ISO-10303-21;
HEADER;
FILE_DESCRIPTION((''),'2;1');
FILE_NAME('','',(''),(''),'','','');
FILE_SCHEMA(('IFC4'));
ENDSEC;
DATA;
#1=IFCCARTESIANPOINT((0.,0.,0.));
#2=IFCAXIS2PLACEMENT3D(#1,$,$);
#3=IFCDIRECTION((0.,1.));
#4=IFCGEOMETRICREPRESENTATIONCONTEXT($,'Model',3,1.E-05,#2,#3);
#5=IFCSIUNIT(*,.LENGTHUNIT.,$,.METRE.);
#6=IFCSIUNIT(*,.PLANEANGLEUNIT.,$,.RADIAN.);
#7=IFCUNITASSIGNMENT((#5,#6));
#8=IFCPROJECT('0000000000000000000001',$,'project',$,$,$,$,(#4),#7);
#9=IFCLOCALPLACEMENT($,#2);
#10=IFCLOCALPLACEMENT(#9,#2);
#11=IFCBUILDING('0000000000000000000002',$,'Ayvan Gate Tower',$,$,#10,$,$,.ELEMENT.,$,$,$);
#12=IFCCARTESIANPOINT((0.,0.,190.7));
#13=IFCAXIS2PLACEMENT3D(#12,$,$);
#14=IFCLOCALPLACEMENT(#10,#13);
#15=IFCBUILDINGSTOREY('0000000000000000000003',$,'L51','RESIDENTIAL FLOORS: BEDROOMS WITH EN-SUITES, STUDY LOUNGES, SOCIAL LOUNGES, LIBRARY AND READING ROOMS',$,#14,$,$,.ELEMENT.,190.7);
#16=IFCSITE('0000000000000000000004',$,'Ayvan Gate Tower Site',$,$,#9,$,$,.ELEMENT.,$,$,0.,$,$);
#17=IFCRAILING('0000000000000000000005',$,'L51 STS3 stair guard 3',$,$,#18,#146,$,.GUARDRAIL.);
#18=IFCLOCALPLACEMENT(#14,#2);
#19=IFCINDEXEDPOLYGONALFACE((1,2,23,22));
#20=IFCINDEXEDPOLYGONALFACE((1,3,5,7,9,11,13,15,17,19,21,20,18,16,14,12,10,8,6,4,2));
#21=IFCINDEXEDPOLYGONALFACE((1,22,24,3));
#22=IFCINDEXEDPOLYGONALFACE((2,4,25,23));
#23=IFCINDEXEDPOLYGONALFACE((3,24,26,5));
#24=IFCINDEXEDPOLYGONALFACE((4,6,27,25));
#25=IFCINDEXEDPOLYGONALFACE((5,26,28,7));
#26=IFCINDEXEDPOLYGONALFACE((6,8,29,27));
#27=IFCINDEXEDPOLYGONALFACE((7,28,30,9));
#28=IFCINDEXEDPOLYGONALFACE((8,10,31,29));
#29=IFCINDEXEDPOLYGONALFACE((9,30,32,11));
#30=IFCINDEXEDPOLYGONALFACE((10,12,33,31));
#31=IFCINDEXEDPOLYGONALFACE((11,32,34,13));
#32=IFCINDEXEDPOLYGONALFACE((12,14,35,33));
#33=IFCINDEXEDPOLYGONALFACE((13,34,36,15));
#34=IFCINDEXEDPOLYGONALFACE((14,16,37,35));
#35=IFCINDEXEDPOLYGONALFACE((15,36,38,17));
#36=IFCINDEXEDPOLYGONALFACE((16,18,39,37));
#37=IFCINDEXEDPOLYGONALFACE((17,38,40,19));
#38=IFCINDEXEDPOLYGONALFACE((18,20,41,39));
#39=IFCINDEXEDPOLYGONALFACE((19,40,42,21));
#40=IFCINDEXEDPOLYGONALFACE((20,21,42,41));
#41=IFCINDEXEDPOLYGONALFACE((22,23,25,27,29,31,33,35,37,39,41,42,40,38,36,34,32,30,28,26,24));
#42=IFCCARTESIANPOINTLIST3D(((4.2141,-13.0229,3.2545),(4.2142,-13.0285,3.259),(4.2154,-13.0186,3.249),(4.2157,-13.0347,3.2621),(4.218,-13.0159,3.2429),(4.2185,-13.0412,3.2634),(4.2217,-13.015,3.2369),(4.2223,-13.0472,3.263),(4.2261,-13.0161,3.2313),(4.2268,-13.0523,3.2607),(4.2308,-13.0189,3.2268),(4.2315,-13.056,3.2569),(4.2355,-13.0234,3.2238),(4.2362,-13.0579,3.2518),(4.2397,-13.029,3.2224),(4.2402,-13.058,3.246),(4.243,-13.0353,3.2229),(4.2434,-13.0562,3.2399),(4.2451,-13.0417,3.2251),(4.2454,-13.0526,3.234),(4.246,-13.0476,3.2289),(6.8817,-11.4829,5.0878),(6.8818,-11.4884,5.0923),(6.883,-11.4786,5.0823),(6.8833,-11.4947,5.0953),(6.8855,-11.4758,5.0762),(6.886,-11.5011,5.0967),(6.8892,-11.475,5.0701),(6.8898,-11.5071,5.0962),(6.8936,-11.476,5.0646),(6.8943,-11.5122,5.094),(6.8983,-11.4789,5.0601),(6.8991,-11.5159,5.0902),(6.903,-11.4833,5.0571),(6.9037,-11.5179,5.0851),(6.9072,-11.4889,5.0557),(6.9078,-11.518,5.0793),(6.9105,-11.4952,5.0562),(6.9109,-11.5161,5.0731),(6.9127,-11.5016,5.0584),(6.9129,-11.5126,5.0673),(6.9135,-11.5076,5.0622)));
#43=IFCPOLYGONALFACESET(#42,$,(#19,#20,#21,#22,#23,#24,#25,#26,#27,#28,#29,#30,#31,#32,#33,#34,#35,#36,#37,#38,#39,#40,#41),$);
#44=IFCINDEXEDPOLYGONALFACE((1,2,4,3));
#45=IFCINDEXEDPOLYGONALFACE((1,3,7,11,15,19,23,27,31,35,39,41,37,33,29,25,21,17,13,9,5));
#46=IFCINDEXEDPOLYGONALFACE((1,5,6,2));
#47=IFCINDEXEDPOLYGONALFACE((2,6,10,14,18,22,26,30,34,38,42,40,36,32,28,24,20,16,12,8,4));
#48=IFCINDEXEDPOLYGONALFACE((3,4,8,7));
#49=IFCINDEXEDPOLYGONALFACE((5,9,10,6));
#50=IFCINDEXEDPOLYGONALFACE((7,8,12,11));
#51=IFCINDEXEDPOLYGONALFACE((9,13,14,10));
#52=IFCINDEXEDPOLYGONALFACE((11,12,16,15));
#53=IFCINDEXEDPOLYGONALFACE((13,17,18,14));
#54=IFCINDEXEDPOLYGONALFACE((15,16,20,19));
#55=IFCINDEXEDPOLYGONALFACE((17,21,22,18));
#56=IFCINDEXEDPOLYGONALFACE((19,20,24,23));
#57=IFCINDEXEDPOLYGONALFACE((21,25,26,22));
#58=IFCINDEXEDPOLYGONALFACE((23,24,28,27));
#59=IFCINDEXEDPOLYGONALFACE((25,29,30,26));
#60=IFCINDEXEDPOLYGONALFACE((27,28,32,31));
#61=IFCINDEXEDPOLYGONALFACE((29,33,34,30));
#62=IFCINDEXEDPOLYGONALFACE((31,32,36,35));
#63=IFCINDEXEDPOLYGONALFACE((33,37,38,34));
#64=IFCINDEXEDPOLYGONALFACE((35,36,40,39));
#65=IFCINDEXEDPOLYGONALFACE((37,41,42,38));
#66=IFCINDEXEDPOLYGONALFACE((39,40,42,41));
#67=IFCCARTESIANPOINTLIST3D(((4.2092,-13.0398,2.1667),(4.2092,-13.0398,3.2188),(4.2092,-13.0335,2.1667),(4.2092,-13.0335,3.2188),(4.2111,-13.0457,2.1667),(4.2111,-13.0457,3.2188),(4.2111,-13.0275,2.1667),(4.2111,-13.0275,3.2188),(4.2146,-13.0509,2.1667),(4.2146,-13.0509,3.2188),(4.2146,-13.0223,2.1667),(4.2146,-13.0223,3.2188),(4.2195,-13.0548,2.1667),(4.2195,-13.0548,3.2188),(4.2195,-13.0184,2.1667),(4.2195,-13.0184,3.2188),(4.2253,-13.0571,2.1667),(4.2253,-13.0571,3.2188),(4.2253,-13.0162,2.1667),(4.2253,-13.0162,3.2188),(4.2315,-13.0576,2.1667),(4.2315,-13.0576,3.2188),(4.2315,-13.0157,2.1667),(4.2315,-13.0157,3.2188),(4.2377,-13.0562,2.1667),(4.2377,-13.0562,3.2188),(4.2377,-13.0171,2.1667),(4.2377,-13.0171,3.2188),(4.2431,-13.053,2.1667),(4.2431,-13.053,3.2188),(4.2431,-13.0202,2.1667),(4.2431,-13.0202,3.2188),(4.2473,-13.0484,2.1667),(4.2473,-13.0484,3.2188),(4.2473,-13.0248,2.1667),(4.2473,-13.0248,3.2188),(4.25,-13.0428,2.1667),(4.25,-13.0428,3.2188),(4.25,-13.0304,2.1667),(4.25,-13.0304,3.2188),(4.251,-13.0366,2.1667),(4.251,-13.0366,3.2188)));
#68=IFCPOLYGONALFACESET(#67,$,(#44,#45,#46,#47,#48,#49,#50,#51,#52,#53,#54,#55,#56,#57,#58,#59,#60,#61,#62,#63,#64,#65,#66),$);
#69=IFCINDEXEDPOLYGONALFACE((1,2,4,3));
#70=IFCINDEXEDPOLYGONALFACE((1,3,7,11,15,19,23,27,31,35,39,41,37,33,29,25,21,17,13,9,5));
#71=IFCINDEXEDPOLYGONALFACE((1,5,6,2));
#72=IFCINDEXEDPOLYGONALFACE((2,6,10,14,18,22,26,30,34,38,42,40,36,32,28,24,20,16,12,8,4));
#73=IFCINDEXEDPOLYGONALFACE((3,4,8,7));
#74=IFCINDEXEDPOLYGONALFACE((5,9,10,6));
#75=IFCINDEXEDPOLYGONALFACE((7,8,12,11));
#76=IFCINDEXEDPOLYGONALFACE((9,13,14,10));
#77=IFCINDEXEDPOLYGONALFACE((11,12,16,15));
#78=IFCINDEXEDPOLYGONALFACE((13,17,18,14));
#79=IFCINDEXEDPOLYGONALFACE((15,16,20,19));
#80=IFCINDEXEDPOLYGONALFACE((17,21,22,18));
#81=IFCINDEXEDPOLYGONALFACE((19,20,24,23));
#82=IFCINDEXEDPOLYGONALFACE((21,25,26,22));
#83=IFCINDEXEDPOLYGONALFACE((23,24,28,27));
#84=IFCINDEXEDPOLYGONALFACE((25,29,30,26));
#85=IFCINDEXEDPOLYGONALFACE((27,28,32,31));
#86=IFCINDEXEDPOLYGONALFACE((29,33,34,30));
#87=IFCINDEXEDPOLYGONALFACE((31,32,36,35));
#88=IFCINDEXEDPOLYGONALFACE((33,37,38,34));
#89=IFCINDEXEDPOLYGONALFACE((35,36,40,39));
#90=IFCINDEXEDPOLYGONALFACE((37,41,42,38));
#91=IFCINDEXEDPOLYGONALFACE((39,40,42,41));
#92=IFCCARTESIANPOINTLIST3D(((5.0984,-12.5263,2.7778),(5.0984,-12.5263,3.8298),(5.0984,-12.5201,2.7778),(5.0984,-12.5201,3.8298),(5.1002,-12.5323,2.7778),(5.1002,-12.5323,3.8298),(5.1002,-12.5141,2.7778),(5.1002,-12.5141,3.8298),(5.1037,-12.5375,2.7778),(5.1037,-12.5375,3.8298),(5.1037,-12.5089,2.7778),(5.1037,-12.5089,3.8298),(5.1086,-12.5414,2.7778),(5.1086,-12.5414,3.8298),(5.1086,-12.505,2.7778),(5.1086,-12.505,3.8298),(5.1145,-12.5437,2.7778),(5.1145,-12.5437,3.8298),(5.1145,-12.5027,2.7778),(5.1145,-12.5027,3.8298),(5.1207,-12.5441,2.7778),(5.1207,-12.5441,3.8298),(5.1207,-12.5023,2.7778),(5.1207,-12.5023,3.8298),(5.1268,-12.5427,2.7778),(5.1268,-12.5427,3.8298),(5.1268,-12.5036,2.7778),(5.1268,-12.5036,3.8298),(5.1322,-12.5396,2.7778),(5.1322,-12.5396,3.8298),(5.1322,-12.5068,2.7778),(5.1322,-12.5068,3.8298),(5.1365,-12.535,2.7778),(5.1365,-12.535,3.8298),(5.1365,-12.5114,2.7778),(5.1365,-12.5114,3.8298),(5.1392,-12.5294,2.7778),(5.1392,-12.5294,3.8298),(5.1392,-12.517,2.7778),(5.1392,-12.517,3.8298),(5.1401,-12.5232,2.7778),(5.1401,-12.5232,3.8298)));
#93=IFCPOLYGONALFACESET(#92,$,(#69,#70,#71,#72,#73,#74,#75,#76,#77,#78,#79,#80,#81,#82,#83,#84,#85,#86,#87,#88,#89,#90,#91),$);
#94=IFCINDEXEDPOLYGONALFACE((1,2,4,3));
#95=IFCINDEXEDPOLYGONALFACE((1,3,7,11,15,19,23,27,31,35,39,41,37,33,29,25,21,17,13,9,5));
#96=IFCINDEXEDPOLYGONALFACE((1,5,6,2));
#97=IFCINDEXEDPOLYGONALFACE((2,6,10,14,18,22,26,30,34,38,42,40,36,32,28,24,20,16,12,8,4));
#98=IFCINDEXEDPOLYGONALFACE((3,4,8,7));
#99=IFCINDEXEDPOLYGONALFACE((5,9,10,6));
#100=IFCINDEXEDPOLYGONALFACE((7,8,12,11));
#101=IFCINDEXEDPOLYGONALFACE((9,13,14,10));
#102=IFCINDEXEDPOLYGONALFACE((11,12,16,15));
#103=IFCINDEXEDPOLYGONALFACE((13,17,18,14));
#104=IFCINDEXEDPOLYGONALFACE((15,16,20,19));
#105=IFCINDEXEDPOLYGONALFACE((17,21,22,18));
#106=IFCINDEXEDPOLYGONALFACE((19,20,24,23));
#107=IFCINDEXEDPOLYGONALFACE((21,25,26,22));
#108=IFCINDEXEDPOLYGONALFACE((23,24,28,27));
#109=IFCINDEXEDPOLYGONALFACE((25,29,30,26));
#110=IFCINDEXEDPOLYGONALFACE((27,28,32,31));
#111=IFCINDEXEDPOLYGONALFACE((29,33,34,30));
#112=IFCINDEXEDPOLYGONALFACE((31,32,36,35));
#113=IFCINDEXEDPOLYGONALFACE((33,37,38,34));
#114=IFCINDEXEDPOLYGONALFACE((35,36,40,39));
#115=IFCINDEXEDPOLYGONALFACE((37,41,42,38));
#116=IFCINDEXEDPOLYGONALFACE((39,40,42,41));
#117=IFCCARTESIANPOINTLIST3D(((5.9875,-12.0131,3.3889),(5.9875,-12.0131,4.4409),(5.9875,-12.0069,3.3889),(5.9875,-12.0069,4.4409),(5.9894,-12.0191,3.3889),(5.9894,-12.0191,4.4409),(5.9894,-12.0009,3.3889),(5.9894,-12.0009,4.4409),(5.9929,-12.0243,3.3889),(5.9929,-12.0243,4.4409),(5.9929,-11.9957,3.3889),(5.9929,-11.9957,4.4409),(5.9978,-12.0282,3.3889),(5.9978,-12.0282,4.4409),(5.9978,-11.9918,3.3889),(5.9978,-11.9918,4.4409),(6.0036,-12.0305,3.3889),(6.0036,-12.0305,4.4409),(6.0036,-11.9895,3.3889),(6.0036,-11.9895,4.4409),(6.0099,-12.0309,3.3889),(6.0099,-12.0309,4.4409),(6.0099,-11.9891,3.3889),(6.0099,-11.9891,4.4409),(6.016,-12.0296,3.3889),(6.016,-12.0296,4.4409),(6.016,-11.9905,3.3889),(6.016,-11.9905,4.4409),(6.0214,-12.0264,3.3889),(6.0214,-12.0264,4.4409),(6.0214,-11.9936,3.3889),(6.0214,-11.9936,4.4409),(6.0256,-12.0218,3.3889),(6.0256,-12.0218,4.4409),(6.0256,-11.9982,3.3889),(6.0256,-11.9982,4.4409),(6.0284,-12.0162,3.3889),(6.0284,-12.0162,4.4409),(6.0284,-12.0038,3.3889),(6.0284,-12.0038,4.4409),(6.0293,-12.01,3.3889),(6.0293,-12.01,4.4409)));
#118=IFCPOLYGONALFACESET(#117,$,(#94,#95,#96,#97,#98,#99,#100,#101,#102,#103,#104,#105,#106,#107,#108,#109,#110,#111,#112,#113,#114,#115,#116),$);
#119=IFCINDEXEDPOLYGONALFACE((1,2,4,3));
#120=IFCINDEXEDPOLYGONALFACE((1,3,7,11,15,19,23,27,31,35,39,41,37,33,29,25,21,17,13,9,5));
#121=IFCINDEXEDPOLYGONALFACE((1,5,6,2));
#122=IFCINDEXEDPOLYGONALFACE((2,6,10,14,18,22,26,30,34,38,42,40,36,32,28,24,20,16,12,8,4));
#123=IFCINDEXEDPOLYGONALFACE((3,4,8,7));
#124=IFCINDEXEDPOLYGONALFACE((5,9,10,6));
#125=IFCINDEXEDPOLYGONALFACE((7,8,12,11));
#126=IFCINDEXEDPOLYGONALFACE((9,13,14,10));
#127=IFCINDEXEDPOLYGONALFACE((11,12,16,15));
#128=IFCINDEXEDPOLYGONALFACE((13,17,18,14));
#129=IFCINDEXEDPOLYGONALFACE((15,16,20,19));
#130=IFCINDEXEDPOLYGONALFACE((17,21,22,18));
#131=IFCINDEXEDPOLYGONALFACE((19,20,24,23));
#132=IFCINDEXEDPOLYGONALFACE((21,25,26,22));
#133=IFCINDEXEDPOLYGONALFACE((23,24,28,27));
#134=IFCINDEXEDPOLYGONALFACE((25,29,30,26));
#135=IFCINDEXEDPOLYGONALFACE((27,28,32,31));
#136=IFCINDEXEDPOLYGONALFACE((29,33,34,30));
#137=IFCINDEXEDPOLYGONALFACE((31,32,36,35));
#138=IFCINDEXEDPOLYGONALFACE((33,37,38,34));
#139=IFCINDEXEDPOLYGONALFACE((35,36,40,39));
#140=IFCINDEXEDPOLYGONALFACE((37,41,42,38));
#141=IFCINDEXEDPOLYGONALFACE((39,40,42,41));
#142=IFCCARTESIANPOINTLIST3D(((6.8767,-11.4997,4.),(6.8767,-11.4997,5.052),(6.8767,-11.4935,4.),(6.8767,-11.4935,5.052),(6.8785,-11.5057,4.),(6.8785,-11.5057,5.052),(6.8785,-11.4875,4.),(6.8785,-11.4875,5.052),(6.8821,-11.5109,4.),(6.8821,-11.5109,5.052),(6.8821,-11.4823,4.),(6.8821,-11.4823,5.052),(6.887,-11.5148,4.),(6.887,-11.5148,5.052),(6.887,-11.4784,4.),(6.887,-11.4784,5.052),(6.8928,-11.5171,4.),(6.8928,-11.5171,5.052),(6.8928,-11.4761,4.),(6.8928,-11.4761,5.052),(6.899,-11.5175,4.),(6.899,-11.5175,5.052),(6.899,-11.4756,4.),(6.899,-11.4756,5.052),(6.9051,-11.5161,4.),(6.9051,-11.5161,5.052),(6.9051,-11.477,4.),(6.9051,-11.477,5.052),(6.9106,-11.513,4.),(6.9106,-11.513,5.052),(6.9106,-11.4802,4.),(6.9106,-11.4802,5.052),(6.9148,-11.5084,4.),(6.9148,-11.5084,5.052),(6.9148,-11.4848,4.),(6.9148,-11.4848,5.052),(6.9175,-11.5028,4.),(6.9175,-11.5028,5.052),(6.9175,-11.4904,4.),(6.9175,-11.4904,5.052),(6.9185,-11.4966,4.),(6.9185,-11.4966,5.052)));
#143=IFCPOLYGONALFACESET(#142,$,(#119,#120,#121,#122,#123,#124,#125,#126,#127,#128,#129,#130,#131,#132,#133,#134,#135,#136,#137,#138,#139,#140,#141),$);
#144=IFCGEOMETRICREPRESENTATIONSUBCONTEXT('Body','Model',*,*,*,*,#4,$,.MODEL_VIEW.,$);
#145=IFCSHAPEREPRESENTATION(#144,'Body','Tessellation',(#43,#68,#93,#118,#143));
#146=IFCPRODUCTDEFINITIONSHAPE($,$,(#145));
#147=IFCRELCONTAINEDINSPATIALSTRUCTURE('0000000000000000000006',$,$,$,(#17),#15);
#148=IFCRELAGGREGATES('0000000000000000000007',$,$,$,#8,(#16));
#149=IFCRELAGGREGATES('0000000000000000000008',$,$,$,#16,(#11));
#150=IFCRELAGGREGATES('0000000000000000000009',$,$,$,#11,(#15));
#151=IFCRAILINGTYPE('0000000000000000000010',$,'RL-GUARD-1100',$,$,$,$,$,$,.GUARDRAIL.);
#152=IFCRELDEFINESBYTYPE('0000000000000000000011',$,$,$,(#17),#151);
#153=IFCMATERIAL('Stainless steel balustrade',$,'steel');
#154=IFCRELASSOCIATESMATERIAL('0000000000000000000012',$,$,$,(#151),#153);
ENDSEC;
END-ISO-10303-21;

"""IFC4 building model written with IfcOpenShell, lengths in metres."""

from ifc_helpers import new_model, si_unit, direction, frame, origin, origin_2d, place, context, subcontext, project, spatial, circle, extrude, material, type_object, element, save


model = new_model("IFC4")

# Units and contexts
model_context = context("Model", 3, precision=1e-05, world=origin(), true_north=direction((0.0, 1.0)))
body_context = subcontext(model_context, "Body", "Model", "MODEL_VIEW")
ifc_project = project(units=[si_unit("LENGTHUNIT", "METRE"), si_unit("PLANEANGLEUNIT", "RADIAN")], contexts=[model_context])

# Site, building, storey
site_placement = place(None, origin())
site = spatial("IfcSite", under=ifc_project, at=site_placement, Name="Ayvan Gate Tower Site", CompositionType="ELEMENT", RefElevation=0.0)
building_placement = place(site_placement, origin())
building = spatial("IfcBuilding", under=site, at=building_placement, Name="Ayvan Gate Tower", CompositionType="ELEMENT")
storey_placement = place(building_placement, frame((0.0, 0.0, 190.7)))
storey = spatial("IfcBuildingStorey", under=building, at=storey_placement, Name="L51", Description="RESIDENTIAL FLOORS: BEDROOMS WITH EN-SUITES, STUDY LOUNGES, SOCIAL LOUNGES, LIBRARY AND READING ROOMS", CompositionType="ELEMENT", Elevation=190.7)

# Railing
ifc_material_1 = material(Name="Stainless steel balustrade", Category="steel")
railing_type_1 = type_object("IfcRailingType", Name="RL-GUARD-1100", PredefinedType="GUARDRAIL", material=ifc_material_1)
railing_1_placement = place(storey_placement, frame((4.23, -13.0366, 2.1667)))
element("IfcRailing", 1, at=railing_1_placement, inside=storey, type_object=railing_type_1, Name="L51 STS3 stair guard 3", PredefinedType="GUARDRAIL", context=body_context, shape_type="SweptSolid", body=[
    extrude(circle(Radius=0.0239, at=origin_2d()), frame((0.0, 0.0, 1.0762), z_axis=(0.74419, 0.429649, 0.511452), x_axis=(-0.499992, 0.86603, 0.0)), (0.0, 0.0, 1.0), 3.5845),
    extrude(circle(Radius=0.021, at=origin_2d()), origin(), (0.0, 0.0, 1.0), 1.052),
    extrude(circle(Radius=0.021, at=origin_2d()), frame((0.8892, 0.5134, 0.6111)), (0.0, 0.0, 1.0), 1.052),
    extrude(circle(Radius=0.021, at=origin_2d()), frame((1.7783, 1.0266, 1.2222)), (0.0, 0.0, 1.0), 1.052),
    extrude(circle(Radius=0.021, at=origin_2d()), frame((2.6675, 1.54, 1.8333)), (0.0, 0.0, 1.0), 1.052),
])

save(model, "model.ifc")
